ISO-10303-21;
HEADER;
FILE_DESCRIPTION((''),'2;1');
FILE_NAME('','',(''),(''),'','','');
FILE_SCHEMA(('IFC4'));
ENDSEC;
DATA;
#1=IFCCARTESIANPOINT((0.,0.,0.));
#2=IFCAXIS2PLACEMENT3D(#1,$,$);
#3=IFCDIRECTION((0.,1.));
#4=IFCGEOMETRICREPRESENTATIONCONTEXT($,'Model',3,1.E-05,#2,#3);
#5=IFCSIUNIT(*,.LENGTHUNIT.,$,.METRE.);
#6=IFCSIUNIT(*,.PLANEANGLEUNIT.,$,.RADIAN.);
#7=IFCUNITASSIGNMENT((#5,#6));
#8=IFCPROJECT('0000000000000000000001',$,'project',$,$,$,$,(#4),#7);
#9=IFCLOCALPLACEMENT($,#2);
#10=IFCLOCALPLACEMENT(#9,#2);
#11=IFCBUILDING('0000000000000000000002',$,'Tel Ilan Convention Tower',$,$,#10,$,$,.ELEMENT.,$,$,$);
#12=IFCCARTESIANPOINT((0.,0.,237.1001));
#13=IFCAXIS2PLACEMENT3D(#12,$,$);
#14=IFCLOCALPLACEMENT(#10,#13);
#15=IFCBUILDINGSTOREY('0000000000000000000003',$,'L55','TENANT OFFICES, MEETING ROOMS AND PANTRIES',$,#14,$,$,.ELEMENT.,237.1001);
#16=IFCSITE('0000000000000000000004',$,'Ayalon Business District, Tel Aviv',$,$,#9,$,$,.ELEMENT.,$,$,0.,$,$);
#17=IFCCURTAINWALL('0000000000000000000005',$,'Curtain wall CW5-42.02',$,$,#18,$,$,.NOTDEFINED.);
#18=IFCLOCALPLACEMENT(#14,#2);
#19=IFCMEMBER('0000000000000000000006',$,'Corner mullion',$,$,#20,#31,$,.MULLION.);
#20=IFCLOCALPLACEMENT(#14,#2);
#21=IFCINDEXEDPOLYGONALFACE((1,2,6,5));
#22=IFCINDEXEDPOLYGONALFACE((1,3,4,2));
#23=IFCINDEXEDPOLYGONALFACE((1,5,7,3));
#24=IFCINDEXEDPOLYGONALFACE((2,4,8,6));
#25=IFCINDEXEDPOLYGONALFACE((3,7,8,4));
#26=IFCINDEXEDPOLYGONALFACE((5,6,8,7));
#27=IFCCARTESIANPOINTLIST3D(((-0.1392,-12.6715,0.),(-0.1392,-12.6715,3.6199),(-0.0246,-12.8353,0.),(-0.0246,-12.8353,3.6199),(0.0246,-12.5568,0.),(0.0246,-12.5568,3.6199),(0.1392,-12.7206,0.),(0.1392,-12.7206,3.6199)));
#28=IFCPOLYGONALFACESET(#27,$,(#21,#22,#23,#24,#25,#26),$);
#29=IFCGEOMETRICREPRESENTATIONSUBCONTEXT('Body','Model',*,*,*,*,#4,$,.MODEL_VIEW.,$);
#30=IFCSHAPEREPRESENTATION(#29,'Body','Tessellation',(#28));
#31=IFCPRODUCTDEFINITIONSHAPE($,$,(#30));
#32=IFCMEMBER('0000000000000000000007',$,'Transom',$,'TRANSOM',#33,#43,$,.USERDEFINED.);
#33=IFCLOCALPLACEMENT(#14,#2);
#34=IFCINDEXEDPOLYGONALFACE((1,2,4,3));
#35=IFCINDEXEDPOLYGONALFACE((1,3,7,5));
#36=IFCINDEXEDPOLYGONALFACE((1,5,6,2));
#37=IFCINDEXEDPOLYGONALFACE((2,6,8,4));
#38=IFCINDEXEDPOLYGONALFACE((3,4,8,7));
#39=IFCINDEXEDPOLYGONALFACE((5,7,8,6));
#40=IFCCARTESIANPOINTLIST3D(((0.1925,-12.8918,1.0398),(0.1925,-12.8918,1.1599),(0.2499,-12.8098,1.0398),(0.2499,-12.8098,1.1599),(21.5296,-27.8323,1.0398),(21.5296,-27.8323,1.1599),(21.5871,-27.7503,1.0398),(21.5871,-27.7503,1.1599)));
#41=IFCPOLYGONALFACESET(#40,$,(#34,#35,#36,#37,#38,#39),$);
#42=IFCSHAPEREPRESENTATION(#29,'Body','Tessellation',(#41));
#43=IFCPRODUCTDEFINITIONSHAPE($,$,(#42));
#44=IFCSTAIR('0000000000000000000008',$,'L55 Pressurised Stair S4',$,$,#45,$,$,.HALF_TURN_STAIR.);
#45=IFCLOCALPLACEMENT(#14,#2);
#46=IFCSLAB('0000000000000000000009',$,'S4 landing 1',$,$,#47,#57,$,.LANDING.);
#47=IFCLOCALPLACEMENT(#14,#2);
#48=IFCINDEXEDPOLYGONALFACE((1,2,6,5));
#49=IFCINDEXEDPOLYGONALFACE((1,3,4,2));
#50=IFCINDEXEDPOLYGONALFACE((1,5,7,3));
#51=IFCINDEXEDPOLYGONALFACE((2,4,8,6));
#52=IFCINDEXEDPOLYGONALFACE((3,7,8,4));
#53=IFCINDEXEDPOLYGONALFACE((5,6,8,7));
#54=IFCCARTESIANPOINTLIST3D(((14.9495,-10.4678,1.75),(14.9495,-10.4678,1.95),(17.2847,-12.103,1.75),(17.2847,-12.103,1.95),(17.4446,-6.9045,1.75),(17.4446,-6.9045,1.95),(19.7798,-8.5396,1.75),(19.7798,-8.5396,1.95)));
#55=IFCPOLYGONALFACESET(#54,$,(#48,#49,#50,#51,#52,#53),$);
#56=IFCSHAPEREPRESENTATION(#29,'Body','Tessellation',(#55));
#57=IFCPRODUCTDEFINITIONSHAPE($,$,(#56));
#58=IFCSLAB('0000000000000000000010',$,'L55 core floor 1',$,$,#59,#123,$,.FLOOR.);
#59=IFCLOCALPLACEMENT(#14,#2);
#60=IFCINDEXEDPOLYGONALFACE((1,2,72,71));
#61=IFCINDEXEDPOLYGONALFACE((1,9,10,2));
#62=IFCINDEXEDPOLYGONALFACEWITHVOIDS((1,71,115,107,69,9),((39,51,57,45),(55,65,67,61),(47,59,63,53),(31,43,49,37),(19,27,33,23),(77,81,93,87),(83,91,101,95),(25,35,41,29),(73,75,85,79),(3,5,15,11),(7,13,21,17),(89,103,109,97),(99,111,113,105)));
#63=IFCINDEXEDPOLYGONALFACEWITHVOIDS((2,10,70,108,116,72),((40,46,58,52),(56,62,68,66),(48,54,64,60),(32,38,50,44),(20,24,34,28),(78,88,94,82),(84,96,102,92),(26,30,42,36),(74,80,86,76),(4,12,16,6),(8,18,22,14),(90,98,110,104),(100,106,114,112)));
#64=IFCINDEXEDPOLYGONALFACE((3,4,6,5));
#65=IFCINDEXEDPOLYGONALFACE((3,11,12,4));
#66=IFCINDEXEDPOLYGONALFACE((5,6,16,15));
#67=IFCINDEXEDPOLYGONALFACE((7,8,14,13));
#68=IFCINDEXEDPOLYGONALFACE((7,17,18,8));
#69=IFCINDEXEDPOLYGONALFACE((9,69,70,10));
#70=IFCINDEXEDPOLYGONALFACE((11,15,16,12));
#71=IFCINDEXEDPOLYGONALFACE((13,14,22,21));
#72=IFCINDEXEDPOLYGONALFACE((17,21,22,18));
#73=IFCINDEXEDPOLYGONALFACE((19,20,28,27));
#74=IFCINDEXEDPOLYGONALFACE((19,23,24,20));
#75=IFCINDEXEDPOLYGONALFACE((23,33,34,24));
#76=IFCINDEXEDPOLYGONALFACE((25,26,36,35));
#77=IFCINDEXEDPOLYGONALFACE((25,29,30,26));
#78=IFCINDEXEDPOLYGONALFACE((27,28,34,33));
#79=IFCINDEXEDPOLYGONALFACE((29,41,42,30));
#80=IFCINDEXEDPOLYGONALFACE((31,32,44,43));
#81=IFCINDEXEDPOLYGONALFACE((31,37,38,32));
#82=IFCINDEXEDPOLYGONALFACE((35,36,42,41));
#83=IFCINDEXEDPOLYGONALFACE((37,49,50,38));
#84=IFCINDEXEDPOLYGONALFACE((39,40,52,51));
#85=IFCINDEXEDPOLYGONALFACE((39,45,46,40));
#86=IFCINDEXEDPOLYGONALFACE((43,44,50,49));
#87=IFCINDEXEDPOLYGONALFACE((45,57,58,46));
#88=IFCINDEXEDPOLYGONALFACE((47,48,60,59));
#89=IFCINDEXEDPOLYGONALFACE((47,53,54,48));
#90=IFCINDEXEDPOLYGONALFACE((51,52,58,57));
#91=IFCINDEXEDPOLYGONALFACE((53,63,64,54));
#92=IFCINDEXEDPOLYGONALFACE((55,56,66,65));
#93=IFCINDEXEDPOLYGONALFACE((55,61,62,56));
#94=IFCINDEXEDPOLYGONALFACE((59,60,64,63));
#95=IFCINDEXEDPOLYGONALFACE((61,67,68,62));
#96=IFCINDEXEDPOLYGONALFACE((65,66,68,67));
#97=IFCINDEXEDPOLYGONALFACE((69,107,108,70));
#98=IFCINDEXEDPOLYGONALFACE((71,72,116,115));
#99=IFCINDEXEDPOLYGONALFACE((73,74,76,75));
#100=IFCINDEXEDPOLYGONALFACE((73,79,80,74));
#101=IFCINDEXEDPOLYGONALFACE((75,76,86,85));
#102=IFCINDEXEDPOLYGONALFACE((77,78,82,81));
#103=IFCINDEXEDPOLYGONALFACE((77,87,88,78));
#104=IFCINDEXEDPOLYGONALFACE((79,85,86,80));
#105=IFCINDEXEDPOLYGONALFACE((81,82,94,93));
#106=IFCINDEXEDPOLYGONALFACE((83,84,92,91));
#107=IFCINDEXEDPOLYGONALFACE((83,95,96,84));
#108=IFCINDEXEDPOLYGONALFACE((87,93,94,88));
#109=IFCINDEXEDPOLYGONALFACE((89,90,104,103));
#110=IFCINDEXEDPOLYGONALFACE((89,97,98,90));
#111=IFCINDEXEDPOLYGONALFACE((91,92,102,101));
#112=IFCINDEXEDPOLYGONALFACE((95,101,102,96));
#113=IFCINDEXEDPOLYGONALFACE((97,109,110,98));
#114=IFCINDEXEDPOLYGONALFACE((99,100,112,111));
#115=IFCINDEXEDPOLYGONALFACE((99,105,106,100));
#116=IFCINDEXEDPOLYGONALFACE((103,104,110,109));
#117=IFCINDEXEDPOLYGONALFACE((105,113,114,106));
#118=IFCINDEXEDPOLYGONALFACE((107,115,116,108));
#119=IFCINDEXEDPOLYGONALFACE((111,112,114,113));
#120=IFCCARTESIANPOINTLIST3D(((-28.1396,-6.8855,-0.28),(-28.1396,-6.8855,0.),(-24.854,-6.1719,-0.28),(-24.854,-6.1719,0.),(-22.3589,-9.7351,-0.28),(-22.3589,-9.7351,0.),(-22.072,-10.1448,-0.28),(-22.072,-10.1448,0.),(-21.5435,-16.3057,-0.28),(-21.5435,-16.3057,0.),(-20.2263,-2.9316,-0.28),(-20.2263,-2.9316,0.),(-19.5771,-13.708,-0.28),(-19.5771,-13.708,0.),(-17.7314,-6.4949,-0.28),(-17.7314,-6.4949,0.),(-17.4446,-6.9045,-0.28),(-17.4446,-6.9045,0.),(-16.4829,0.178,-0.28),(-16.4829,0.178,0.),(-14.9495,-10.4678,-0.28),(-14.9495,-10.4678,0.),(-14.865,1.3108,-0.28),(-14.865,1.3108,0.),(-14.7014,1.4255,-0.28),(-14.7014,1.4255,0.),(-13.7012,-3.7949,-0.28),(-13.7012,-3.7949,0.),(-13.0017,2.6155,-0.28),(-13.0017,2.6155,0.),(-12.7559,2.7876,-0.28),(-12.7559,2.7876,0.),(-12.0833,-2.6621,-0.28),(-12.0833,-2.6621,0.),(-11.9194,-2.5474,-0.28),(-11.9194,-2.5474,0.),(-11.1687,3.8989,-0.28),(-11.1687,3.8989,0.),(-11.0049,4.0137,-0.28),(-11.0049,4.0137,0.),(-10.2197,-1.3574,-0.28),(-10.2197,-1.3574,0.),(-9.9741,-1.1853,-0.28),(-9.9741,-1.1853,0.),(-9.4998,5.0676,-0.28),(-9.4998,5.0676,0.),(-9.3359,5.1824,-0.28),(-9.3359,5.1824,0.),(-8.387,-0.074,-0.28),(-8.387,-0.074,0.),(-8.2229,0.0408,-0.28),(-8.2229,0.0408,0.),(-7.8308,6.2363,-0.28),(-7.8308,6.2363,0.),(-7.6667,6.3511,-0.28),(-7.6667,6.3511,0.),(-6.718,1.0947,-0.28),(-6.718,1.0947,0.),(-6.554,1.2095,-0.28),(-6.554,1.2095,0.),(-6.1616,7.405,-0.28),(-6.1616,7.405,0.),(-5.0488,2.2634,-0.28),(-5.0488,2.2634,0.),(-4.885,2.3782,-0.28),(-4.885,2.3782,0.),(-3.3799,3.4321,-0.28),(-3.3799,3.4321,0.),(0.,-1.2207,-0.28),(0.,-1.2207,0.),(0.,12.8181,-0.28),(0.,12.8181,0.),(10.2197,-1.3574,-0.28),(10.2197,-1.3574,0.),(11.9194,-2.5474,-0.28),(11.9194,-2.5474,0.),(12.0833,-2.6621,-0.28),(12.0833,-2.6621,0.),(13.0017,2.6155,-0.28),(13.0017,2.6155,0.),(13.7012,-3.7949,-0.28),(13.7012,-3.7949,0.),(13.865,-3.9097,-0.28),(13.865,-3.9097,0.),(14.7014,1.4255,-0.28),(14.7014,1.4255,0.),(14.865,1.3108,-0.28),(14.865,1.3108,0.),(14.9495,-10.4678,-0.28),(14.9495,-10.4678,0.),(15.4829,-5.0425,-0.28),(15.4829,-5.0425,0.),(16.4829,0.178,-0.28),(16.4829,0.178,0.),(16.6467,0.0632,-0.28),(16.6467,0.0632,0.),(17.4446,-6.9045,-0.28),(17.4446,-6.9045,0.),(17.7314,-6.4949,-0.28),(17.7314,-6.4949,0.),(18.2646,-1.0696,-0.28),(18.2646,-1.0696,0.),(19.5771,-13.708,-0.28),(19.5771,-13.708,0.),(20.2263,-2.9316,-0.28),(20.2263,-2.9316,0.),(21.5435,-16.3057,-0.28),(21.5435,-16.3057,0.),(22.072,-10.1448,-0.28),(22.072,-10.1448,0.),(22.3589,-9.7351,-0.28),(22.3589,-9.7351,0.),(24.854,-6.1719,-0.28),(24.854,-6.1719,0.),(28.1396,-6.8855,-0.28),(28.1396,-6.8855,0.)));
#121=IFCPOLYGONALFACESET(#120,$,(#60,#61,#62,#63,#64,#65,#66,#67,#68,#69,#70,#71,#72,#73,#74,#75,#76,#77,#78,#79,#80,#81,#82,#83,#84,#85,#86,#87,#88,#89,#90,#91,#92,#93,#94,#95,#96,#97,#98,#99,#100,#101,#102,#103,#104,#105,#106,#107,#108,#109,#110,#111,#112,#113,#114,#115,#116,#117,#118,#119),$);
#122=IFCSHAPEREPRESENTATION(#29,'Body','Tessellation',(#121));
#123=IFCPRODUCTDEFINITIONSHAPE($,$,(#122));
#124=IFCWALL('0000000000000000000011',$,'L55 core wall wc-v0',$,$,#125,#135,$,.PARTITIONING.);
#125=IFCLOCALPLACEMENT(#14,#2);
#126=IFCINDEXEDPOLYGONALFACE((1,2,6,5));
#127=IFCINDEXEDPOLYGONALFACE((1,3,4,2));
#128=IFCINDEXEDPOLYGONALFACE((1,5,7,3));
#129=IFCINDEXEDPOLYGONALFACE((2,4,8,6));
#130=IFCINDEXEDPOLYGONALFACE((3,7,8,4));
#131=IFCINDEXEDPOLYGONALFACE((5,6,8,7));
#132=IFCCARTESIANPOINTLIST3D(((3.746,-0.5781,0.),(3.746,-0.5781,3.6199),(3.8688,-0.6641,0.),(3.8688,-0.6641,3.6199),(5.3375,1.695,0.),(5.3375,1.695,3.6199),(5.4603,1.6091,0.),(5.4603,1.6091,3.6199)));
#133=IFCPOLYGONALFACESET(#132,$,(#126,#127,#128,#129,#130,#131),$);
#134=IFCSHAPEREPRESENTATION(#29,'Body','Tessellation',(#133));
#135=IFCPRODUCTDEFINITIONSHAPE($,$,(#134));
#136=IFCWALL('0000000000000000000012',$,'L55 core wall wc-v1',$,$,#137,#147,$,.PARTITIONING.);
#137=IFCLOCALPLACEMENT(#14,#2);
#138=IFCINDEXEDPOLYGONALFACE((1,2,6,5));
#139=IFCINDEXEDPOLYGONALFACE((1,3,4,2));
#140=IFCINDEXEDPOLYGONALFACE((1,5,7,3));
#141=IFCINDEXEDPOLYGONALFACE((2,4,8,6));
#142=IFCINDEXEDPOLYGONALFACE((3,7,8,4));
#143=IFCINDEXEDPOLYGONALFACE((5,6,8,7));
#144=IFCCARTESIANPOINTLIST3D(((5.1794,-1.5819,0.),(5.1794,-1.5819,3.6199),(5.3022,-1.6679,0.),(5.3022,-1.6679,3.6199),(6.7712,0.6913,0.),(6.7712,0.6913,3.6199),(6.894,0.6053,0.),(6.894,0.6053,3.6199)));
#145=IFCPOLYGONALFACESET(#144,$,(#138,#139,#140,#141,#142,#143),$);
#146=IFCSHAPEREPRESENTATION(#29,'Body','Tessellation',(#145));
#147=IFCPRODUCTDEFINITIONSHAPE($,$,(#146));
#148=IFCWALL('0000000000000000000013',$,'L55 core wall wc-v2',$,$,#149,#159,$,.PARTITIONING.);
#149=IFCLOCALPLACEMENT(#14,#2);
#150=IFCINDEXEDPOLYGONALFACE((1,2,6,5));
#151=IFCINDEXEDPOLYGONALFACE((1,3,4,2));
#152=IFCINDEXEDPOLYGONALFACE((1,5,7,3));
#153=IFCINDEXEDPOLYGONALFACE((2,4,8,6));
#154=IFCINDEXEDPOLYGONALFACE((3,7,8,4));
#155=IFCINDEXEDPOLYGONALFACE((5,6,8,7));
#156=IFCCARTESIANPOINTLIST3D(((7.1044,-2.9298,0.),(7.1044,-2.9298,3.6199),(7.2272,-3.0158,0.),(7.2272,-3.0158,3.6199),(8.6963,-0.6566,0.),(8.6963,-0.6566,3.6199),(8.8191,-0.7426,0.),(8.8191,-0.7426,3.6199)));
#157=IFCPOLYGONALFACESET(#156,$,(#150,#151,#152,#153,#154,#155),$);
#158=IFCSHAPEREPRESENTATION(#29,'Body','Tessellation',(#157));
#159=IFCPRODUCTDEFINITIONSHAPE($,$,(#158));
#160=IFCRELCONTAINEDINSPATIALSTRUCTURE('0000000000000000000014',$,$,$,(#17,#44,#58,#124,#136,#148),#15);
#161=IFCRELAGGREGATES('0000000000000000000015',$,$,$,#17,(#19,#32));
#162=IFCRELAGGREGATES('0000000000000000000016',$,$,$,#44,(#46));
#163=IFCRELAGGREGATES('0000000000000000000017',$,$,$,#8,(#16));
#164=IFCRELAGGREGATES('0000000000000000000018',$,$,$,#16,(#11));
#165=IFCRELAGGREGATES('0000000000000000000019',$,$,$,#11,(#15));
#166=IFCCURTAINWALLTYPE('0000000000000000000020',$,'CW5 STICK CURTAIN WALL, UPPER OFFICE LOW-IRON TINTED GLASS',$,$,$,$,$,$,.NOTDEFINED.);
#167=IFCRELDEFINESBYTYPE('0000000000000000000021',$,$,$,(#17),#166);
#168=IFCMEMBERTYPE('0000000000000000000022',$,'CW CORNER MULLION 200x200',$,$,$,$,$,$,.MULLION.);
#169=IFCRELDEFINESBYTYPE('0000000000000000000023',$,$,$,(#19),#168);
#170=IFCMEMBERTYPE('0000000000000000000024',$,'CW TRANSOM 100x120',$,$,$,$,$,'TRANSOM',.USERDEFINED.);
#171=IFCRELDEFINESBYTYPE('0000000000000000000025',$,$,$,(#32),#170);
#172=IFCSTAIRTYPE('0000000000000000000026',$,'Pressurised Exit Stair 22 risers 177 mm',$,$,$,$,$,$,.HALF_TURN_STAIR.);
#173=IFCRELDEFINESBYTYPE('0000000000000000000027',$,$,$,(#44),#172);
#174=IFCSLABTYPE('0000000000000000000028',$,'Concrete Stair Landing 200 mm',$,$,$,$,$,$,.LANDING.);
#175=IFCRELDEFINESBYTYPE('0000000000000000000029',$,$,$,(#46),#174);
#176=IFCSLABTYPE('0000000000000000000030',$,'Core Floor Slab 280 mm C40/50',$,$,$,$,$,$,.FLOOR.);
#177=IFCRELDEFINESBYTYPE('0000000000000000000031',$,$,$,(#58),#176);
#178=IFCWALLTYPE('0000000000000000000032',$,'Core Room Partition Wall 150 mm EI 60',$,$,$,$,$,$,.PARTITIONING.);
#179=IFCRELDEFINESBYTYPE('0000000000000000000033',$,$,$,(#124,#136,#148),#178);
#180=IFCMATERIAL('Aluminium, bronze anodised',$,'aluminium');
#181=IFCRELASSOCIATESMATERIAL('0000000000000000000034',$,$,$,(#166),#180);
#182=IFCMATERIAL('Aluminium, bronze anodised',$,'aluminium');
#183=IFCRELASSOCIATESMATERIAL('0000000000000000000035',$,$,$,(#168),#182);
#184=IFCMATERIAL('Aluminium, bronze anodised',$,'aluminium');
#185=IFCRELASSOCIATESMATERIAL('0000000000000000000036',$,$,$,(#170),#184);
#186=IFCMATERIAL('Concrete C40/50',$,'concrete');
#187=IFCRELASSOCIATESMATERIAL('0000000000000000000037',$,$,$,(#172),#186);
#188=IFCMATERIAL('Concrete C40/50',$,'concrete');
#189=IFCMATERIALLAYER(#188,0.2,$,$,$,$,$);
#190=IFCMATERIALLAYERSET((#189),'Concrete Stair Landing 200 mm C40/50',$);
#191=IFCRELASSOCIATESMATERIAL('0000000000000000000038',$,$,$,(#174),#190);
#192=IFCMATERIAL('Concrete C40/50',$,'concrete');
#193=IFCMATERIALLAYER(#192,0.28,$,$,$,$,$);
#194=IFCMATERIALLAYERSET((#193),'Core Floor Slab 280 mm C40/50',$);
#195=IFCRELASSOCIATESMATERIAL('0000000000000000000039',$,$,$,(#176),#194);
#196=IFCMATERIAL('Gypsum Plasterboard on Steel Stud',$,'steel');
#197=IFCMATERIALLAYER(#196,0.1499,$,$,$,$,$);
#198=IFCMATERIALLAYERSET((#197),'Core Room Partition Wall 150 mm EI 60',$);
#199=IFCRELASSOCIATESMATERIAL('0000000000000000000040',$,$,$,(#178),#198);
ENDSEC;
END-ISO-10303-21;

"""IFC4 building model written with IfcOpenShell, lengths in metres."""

from ifc_helpers import new_model, si_unit, direction, frame, frame_2d, origin, origin_2d, place, context, subcontext, project, spatial, polyline, rectangle, outline, extrude, material, layer, layer_set, material_profile, profile_set, type_object, element, aggregate, save


model = new_model("IFC4")

# Units and contexts
model_context = context("Model", 3, precision=1e-05, world=origin(), true_north=direction((0.0, 1.0)))
body_context = subcontext(model_context, "Body", "Model", "MODEL_VIEW")
ifc_project = project(units=[si_unit("LENGTHUNIT", "METRE"), si_unit("PLANEANGLEUNIT", "RADIAN")], contexts=[model_context])

# Site, building, storey
site_placement = place(None, origin())
site = spatial("IfcSite", under=ifc_project, at=site_placement, Name="Ayalon Business District, Tel Aviv", CompositionType="ELEMENT", RefElevation=0.0)
building_placement = place(site_placement, origin())
building = spatial("IfcBuilding", under=site, at=building_placement, Name="Tel Ilan Convention Tower", CompositionType="ELEMENT")
storey_placement = place(building_placement, frame((0.0, 0.0, 237.1001)))
storey = spatial("IfcBuildingStorey", under=building, at=storey_placement, Name="L55", Description="TENANT OFFICES, MEETING ROOMS AND PANTRIES", CompositionType="ELEMENT", Elevation=237.1001)

# Curtain wall, members
ifc_material_1 = material(Name="Aluminium, bronze anodised", Category="aluminium")
curtain_wall_type = type_object("IfcCurtainWallType", Name="CW5 STICK CURTAIN WALL, UPPER OFFICE LOW-IRON TINTED GLASS", PredefinedType="NOTDEFINED", material=ifc_material_1)
curtain_wall_placement = place(storey_placement, origin())
curtain_wall = element("IfcCurtainWall", 1, at=curtain_wall_placement, inside=storey, type_object=curtain_wall_type, Name="Curtain wall CW5-42.02", PredefinedType="NOTDEFINED")
ifc_material_2 = material(Name="Aluminium, bronze anodised", Category="aluminium")
ifc_material_profile_1 = material_profile(ifc_material_2, rectangle(XDim=0.2, YDim=0.2, at=origin_2d()), Name="CW CORNER MULLION 200x200")
ifc_profile_set_1 = profile_set([ifc_material_profile_1], Name="Aluminium, bronze anodised")
member_type_1 = type_object("IfcMemberType", Name="CW CORNER MULLION 200x200", PredefinedType="MULLION", material=ifc_profile_set_1)
member_1_placement = place(storey_placement, frame((0.0, -12.696, 0.0), z_axis=(0.0, 0.0, 1.0), x_axis=(0.819152, 0.573576, 0.0)))
member_1 = element("IfcMember", 2, at=member_1_placement, type_object=member_type_1, Name="Corner mullion", PredefinedType="MULLION", context=body_context, shape_type="SweptSolid", body=[
    extrude(rectangle(XDim=0.2, YDim=0.2, at=origin_2d()), origin(), (0.0, 0.0, 1.0), 3.6199),
])
ifc_material_3 = material(Name="Aluminium, bronze anodised", Category="aluminium")
ifc_material_profile_2 = material_profile(ifc_material_3, rectangle(XDim=0.1001, YDim=0.1201, at=origin_2d()), Name="CW TRANSOM 100x120")
ifc_profile_set_2 = profile_set([ifc_material_profile_2], Name="Aluminium, bronze anodised")
member_type_2 = type_object("IfcMemberType", Name="CW TRANSOM 100x120", ElementType="TRANSOM", PredefinedType="USERDEFINED", material=ifc_profile_set_2)
member_2_placement = place(storey_placement, frame((0.2212, -12.8508, 1.0999), z_axis=(0.819152, -0.573576, 0.0), x_axis=(0.573576, 0.819152, 0.0)))
member_2 = element("IfcMember", 3, at=member_2_placement, type_object=member_type_2, Name="Transom", ObjectType="TRANSOM", PredefinedType="USERDEFINED", context=body_context, shape_type="SweptSolid", body=[
    extrude(rectangle(XDim=0.1001, YDim=0.1201, at=origin_2d()), origin(), (0.0, 0.0, 1.0), 26.0479),
])
aggregate(curtain_wall, [member_1, member_2])

# Stair, slab
ifc_material_4 = material(Name="Concrete C40/50", Category="concrete")
stair_type = type_object("IfcStairType", Name="Pressurised Exit Stair 22 risers 177 mm", PredefinedType="HALF_TURN_STAIR", material=ifc_material_4)
stair_placement = place(storey_placement, origin())
stair = element("IfcStair", 4, at=stair_placement, inside=storey, type_object=stair_type, Name="L55 Pressurised Stair S4", PredefinedType="HALF_TURN_STAIR")
ifc_material_5 = material(Name="Concrete C40/50", Category="concrete")
ifc_layer_1 = layer(ifc_material_5, 0.2)
ifc_layer_set_1 = layer_set([ifc_layer_1], Name="Concrete Stair Landing 200 mm C40/50")
slab_type_1 = type_object("IfcSlabType", Name="Concrete Stair Landing 200 mm", PredefinedType="LANDING", material=ifc_layer_set_1)
slab_1_placement = place(storey_placement, frame((0.0, 0.0, 1.75)))
slab_1 = element("IfcSlab", 5, at=slab_1_placement, type_object=slab_type_1, Name="S4 landing 1", PredefinedType="LANDING", context=body_context, shape_type="SweptSolid", body=[
    extrude(outline(polyline([(19.7798, -8.5396), (17.4446, -6.9045), (14.9495, -10.4678), (17.2847, -12.103), (19.7798, -8.5396)])), origin(), (0.0, 0.0, 1.0), 0.2),
])
aggregate(stair, [slab_1])

# Slab
ifc_material_6 = material(Name="Concrete C40/50", Category="concrete")
ifc_layer_2 = layer(ifc_material_6, 0.28)
ifc_layer_set_2 = layer_set([ifc_layer_2], Name="Core Floor Slab 280 mm C40/50")
slab_type_2 = type_object("IfcSlabType", Name="Core Floor Slab 280 mm C40/50", PredefinedType="FLOOR", material=ifc_layer_set_2)
slab_2_placement = place(storey_placement, frame((0.0, 0.0, -0.28)))
element("IfcSlab", 6, at=slab_2_placement, inside=storey, type_object=slab_type_2, Name="L55 core floor 1", PredefinedType="FLOOR", context=body_context, shape_type="SweptSolid", body=[
    extrude(outline(polyline([(-28.1396, -6.8855), (0.0, 12.8181), (28.1396, -6.8855), (21.5435, -16.3057), (0.0, -1.2207), (-21.5435, -16.3057), (-28.1396, -6.8855)]), holes=[polyline([(-17.4446, -6.9045), (-22.072, -10.1448), (-19.5771, -13.708), (-14.9495, -10.4678), (-17.4446, -6.9045)]), polyline([(-17.7314, -6.4949), (-20.2263, -2.9316), (-24.854, -6.1719), (-22.3589, -9.7351), (-17.7314, -6.4949)]), polyline([(-14.865, 1.3108), (-16.4829, 0.178), (-13.7012, -3.7949), (-12.0833, -2.6621), (-14.865, 1.3108)]), polyline([(-14.7014, 1.4255), (-11.9194, -2.5474), (-10.2197, -1.3574), (-13.0017, 2.6155), (-14.7014, 1.4255)]), polyline([(-11.1687, 3.8989), (-12.7559, 2.7876), (-9.9741, -1.1853), (-8.387, -0.074), (-11.1687, 3.8989)]), polyline([(-9.4998, 5.0676), (-11.0049, 4.0137), (-8.2229, 0.0408), (-6.718, 1.0947), (-9.4998, 5.0676)]), polyline([(-9.3359, 5.1824), (-6.554, 1.2095), (-5.0488, 2.2634), (-7.8308, 6.2363), (-9.3359, 5.1824)]), polyline([(17.4446, -6.9045), (14.9495, -10.4678), (19.5771, -13.708), (22.072, -10.1448), (17.4446, -6.9045)]), polyline([(20.2263, -2.9316), (17.7314, -6.4949), (22.3589, -9.7351), (24.854, -6.1719), (20.2263, -2.9316)]), polyline([(15.4829, -5.0425), (18.2646, -1.0696), (16.6467, 0.0632), (13.865, -3.9097), (15.4829, -5.0425)]), polyline([(13.7012, -3.7949), (16.4829, 0.178), (14.865, 1.3108), (12.0833, -2.6621), (13.7012, -3.7949)]), polyline([(11.9194, -2.5474), (14.7014, 1.4255), (13.0017, 2.6155), (10.2197, -1.3574), (11.9194, -2.5474)]), polyline([(-6.1616, 7.405), (-7.6667, 6.3511), (-4.885, 2.3782), (-3.3799, 3.4321), (-6.1616, 7.405)])]), origin(), (0.0, 0.0, 1.0), 0.28),
])

# Walls
ifc_material_7 = material(Name="Gypsum Plasterboard on Steel Stud", Category="steel")
ifc_layer_3 = layer(ifc_material_7, 0.1499)
ifc_layer_set_3 = layer_set([ifc_layer_3], Name="Core Room Partition Wall 150 mm EI 60")
wall_type_1 = type_object("IfcWallType", Name="Core Room Partition Wall 150 mm EI 60", PredefinedType="PARTITIONING", material=ifc_layer_set_3)
wall_1_placement = place(storey_placement, frame((3.8074, -0.6211, 0.0), z_axis=(0.0, 0.0, 1.0), x_axis=(0.573539, 0.819178, 0.0)))
element("IfcWall", 7, at=wall_1_placement, inside=storey, type_object=wall_type_1, Name="L55 core wall wc-v0", PredefinedType="PARTITIONING", context=body_context, shape_type="SweptSolid", body=[
    extrude(rectangle(XDim=2.7749, YDim=0.1499, at=frame_2d((1.3875, 0.0))), origin(), (0.0, 0.0, 1.0), 3.6199),
])
for number, where, z_axis, x_axis, name in (
    (8, (5.2407, -1.625, 0.0), (0.0, 0.0, 1.0), (0.573598, 0.819137, 0.0), "L55 core wall wc-v1"),
    (9, (7.1658, -2.9729, 0.0), (0.0, 0.0, 1.0), (0.573598, 0.819137, 0.0), "L55 core wall wc-v2"),
):
    element("IfcWall", number, at=place(storey_placement, frame(where, z_axis=z_axis, x_axis=x_axis)), inside=storey, type_object=wall_type_1, Name=name, PredefinedType="PARTITIONING", context=body_context, shape_type="SweptSolid", body=[
        extrude(rectangle(XDim=2.7751, YDim=0.1499, at=frame_2d((1.3877, 0.0))), origin(), (0.0, 0.0, 1.0), 3.6199),
    ])

save(model, "model.ifc")
